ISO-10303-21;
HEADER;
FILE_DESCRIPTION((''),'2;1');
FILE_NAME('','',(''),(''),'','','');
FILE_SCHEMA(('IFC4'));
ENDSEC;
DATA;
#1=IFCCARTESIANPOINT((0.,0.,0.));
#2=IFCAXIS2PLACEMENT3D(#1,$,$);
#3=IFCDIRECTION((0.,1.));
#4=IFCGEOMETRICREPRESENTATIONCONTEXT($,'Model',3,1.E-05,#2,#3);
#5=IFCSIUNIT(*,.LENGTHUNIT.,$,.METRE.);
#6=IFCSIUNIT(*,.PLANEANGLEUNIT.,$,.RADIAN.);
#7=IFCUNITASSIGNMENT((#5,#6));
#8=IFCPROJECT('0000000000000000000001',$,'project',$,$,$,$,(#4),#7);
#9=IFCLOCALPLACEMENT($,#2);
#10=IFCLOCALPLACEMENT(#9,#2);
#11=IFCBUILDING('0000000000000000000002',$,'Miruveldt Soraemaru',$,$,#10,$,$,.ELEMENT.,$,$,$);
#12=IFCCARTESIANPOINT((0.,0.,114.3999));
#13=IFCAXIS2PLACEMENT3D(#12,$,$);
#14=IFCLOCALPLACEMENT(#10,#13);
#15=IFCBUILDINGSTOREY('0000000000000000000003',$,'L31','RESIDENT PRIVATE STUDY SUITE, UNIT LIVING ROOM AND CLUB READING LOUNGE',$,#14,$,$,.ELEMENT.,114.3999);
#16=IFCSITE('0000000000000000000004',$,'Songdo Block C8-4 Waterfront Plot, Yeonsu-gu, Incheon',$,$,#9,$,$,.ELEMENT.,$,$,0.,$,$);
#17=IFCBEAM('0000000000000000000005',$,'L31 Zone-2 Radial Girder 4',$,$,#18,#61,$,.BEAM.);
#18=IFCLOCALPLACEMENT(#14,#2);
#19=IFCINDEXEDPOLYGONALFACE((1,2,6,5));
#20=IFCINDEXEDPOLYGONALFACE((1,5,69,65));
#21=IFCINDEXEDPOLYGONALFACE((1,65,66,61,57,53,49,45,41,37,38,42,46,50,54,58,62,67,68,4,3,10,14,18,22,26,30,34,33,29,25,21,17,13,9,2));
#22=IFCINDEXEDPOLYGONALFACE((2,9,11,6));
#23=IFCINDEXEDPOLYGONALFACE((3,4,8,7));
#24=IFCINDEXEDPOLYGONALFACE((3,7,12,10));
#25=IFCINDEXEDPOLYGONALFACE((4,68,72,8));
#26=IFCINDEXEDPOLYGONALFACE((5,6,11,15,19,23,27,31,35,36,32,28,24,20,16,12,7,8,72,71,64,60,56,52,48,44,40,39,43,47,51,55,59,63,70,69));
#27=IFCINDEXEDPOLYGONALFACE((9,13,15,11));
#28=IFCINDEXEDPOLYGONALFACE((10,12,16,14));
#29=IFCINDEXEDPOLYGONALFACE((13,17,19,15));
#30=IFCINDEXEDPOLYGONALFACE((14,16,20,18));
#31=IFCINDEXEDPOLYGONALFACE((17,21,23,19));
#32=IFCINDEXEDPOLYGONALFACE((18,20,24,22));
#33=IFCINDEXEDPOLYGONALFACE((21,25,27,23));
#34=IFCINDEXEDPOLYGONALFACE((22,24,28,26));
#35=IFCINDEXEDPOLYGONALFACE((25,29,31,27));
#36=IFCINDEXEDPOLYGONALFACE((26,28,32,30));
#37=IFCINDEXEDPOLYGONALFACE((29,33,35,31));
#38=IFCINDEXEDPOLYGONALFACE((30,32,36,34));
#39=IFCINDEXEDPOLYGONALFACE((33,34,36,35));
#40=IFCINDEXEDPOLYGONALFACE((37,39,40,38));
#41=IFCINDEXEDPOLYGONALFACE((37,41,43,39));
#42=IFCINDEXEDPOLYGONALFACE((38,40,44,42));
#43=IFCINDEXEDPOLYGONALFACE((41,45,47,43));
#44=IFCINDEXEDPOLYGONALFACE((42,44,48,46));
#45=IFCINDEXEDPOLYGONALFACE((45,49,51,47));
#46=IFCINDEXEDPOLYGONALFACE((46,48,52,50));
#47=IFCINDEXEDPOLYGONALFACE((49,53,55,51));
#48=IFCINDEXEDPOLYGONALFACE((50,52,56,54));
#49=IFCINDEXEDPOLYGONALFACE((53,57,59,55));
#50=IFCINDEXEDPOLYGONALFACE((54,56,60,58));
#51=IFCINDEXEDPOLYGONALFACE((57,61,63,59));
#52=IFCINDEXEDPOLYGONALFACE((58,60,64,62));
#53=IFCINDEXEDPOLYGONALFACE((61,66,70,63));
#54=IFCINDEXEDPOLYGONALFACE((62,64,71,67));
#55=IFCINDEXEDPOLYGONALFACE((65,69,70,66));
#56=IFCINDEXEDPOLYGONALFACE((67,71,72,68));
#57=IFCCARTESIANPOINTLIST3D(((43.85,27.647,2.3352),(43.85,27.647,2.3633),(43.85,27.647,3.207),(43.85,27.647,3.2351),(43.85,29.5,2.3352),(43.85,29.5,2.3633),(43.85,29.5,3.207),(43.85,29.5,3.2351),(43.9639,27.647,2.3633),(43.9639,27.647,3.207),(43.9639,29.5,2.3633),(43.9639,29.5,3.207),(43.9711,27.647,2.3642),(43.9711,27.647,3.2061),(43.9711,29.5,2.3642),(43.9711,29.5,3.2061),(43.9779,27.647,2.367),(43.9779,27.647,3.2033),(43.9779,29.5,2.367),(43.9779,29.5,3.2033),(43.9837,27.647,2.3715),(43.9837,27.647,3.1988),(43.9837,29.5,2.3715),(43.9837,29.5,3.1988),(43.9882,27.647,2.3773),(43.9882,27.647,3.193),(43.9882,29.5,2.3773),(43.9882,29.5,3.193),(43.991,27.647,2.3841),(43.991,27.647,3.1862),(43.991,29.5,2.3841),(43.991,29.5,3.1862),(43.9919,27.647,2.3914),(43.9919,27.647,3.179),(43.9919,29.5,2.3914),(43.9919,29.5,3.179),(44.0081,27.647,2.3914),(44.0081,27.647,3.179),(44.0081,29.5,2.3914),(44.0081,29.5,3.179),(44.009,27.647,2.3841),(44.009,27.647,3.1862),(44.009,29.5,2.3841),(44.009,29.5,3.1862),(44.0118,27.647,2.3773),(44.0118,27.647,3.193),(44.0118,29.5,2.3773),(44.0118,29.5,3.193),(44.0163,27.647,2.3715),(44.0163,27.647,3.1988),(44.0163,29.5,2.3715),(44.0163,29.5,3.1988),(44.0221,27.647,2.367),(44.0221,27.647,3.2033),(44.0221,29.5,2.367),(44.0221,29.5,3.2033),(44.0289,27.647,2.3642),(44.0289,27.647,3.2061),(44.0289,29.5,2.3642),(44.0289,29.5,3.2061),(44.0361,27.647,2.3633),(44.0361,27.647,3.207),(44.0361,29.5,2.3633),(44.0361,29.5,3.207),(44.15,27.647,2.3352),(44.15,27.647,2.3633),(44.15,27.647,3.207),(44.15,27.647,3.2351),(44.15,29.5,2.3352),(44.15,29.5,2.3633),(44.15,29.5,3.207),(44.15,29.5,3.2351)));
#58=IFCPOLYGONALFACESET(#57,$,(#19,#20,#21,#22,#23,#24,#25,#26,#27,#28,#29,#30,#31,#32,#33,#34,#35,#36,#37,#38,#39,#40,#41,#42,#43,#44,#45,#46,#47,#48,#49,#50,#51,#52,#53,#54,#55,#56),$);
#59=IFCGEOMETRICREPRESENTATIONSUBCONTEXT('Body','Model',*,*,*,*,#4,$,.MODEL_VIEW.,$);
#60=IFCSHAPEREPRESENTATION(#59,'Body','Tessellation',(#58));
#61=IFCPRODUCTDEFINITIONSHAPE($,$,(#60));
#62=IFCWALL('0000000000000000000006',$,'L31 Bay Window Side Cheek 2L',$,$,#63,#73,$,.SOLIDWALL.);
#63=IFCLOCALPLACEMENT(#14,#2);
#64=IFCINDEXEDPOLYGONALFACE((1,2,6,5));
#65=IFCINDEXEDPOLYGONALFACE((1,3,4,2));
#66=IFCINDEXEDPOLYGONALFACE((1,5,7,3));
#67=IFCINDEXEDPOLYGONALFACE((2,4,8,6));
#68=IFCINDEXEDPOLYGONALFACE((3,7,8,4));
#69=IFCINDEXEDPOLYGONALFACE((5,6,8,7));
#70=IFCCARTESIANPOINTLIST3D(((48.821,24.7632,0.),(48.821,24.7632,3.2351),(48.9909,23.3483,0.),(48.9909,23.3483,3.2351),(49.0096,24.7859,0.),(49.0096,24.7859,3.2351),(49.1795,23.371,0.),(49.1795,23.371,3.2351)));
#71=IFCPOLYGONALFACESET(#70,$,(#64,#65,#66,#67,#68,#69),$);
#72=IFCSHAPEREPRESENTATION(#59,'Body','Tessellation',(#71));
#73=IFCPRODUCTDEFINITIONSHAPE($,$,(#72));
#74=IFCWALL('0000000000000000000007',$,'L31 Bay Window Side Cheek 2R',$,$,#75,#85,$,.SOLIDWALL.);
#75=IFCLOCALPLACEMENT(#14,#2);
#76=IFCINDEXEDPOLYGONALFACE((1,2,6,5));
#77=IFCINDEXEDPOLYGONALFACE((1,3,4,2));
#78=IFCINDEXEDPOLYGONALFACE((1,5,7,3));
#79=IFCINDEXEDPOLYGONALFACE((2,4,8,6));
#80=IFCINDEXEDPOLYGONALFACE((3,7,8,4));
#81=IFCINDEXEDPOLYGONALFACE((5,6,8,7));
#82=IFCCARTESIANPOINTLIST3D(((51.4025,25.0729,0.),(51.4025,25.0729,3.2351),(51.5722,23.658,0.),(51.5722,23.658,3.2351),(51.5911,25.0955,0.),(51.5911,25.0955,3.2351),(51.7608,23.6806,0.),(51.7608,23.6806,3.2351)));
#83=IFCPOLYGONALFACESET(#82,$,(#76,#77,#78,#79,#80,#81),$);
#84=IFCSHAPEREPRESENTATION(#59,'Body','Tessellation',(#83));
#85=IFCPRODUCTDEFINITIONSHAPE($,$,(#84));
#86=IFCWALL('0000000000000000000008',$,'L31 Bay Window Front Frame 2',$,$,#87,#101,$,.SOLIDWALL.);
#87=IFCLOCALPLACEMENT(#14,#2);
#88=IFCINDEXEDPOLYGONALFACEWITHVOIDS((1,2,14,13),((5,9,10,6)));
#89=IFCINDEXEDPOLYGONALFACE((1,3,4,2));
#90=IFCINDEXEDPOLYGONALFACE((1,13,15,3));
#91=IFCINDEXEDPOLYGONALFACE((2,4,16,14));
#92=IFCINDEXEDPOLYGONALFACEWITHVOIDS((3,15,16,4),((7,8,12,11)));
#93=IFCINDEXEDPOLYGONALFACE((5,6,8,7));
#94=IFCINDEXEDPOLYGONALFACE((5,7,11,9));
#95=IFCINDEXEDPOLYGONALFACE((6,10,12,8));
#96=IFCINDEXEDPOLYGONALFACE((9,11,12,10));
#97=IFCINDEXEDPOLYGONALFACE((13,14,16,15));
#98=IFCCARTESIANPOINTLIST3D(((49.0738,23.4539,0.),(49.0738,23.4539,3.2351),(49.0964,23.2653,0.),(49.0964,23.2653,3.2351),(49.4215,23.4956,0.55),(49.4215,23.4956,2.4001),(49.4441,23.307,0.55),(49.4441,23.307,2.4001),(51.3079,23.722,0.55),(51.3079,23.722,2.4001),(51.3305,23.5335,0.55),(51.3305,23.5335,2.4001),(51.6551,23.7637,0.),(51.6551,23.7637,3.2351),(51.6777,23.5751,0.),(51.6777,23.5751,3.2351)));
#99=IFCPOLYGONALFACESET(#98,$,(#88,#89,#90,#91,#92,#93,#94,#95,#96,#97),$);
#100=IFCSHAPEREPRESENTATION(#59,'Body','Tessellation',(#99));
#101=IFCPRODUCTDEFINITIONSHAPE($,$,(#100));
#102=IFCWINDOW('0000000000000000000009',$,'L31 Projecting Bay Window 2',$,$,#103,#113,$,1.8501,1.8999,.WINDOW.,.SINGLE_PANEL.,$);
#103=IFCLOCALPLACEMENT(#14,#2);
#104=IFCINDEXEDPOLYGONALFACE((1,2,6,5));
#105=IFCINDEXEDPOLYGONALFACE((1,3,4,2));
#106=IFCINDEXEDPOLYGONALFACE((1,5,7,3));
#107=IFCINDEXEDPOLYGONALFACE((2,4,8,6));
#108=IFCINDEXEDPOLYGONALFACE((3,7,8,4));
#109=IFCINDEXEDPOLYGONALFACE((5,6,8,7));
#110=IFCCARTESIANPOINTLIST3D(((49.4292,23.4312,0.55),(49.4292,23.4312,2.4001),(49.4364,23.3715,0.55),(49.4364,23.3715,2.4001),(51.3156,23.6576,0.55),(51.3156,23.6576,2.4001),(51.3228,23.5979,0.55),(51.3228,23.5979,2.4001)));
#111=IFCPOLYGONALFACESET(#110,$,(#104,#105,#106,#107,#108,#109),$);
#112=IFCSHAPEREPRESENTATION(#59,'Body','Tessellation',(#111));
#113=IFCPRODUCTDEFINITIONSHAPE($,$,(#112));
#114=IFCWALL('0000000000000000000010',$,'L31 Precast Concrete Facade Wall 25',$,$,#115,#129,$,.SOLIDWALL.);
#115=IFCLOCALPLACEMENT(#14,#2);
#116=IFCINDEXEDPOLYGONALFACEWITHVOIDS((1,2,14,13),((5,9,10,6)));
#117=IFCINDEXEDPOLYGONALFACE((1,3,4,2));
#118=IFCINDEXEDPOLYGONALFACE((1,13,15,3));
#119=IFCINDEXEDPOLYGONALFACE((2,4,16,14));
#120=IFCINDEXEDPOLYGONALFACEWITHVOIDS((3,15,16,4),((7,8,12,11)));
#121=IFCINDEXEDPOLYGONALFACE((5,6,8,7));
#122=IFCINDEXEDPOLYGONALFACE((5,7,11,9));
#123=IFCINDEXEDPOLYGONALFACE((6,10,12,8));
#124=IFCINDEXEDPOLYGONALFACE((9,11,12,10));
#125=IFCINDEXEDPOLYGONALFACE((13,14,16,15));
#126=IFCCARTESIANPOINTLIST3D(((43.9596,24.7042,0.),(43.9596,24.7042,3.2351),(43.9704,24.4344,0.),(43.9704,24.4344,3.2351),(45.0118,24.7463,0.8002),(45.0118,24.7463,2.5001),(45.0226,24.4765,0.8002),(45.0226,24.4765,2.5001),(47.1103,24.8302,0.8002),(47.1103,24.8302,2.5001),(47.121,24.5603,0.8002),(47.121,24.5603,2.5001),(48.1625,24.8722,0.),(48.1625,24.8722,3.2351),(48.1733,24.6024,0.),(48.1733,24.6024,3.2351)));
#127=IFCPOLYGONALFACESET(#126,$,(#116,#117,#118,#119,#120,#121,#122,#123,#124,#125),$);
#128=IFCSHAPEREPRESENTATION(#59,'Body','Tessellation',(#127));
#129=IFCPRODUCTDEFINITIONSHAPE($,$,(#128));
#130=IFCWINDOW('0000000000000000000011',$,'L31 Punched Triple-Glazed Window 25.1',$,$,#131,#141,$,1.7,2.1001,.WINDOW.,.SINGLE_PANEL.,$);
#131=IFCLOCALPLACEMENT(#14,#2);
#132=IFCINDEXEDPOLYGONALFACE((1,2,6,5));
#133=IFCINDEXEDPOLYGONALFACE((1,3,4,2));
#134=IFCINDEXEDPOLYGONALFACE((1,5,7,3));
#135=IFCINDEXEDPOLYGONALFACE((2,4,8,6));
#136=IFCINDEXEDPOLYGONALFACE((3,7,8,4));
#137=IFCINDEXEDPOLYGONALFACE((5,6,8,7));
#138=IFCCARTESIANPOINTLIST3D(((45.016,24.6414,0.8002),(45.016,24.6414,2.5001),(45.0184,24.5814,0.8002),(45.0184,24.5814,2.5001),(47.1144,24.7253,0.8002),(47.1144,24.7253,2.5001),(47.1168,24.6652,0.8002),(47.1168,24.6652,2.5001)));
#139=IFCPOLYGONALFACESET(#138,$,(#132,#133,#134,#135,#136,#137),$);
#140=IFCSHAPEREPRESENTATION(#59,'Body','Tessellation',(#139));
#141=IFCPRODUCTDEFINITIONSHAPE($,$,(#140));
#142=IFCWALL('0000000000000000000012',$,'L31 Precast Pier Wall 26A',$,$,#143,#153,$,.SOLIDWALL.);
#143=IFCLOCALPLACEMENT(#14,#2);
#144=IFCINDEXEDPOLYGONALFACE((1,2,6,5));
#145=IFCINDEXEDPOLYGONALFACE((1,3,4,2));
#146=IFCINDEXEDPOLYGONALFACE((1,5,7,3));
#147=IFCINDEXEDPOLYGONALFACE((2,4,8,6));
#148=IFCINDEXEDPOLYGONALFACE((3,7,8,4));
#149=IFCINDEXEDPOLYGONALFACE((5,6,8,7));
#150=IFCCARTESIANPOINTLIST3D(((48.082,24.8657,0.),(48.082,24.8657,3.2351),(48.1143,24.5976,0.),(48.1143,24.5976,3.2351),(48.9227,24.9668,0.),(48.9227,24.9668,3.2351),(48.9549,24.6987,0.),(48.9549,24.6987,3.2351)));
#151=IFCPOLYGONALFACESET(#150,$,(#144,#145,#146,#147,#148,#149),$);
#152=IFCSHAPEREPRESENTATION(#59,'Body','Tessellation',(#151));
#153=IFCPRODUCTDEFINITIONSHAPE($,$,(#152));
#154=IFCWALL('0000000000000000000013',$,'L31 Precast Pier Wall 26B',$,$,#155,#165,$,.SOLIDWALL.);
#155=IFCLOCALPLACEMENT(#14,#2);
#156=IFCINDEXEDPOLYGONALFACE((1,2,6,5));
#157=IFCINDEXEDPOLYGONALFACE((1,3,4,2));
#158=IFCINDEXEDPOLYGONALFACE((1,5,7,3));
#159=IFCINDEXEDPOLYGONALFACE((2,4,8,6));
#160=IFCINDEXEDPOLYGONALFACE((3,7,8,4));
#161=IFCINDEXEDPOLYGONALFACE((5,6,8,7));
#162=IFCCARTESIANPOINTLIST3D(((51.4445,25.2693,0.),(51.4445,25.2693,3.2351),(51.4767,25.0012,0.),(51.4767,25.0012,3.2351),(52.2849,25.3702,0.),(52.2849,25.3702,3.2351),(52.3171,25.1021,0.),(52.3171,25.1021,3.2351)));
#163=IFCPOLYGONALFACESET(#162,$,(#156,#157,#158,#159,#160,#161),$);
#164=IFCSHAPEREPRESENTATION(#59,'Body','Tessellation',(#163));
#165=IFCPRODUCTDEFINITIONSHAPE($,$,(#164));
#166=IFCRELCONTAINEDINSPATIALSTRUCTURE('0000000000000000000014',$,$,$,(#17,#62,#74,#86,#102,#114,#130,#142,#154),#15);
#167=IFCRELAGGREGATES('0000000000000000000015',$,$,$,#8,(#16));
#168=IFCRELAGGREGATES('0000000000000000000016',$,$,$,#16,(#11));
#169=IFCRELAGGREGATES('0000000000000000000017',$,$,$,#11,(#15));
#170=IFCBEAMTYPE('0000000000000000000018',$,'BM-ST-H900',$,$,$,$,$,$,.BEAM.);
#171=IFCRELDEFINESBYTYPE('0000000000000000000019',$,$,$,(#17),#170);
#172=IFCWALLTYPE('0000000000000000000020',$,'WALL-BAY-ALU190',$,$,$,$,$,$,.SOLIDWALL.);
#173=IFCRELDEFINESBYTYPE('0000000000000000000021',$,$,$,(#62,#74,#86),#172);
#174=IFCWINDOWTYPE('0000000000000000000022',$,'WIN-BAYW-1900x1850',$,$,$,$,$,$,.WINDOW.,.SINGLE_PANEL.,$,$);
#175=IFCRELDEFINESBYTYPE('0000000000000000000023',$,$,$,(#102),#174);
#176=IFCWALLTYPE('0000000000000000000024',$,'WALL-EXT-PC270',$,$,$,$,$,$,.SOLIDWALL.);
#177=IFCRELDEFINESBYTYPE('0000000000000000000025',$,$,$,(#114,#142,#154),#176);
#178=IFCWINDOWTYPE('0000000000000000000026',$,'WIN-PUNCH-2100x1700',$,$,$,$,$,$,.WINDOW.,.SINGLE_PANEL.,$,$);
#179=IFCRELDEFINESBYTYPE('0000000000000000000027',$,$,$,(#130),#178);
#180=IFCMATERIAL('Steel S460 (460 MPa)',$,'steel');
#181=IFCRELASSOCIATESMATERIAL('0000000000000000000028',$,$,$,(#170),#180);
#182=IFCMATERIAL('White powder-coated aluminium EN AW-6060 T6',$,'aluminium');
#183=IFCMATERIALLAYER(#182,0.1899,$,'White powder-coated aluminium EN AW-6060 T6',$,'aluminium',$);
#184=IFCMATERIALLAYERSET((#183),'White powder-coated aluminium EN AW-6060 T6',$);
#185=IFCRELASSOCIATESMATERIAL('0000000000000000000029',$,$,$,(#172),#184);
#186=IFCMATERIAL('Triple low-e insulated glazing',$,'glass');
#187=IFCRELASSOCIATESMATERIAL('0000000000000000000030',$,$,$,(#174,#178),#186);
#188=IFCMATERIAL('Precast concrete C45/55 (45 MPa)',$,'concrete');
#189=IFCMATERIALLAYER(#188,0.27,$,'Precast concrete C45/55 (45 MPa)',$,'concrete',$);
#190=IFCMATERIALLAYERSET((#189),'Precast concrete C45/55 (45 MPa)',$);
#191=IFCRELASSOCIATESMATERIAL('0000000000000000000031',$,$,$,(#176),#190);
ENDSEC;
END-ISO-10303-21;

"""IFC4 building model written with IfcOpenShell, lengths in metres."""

from ifc_helpers import new_model, si_unit, direction, frame, frame_2d, origin, origin_2d, place, context, subcontext, project, spatial, rectangle, i_section, extrude, material, layer, layer_set, material_profile, profile_set, type_object, element, fill, save


model = new_model("IFC4")

# Units and contexts
model_context = context("Model", 3, precision=1e-05, world=origin(), true_north=direction((0.0, 1.0)))
body_context = subcontext(model_context, "Body", "Model", "MODEL_VIEW")
ifc_project = project(units=[si_unit("LENGTHUNIT", "METRE"), si_unit("PLANEANGLEUNIT", "RADIAN")], contexts=[model_context])

# Site, building, storey
site_placement = place(None, origin())
site = spatial("IfcSite", under=ifc_project, at=site_placement, Name="Songdo Block C8-4 Waterfront Plot, Yeonsu-gu, Incheon", CompositionType="ELEMENT", RefElevation=0.0)
building_placement = place(site_placement, origin())
building = spatial("IfcBuilding", under=site, at=building_placement, Name="Miruveldt Soraemaru", CompositionType="ELEMENT")
storey_placement = place(building_placement, frame((0.0, 0.0, 114.3999)))
storey = spatial("IfcBuildingStorey", under=building, at=storey_placement, Name="L31", Description="RESIDENT PRIVATE STUDY SUITE, UNIT LIVING ROOM AND CLUB READING LOUNGE", CompositionType="ELEMENT", Elevation=114.3999)

# Beam
ifc_material_1 = material(Name="Steel S460 (460 MPa)", Category="steel")
ifc_material_profile_1 = material_profile(ifc_material_1, i_section(OverallWidth=0.3, OverallDepth=0.8999, WebThickness=0.0161, FlangeThickness=0.0281, FilletRadius=0.0281, at=origin_2d()), Name="Steel S460 (460 MPa)", Category="steel")
ifc_profile_set_1 = profile_set([ifc_material_profile_1], Name="Steel S460 (460 MPa)")
beam_type_1 = type_object("IfcBeamType", Name="BM-ST-H900", PredefinedType="BEAM", material=ifc_profile_set_1)
beam_1_placement = place(storey_placement, frame((44.0, 29.5, 2.7852), z_axis=(0.0, -1.0, 0.0), x_axis=(1.0, 0.0, 0.0)))
element("IfcBeam", 1, at=beam_1_placement, inside=storey, type_object=beam_type_1, Name="L31 Zone-2 Radial Girder 4", PredefinedType="BEAM", context=body_context, shape_type="SweptSolid", body=[
    extrude(i_section(OverallWidth=0.3, OverallDepth=0.8999, WebThickness=0.0161, FlangeThickness=0.0281, FilletRadius=0.0281, at=origin_2d()), origin(), (0.0, 0.0, 1.0), 1.853),
])

# Walls
ifc_material_2 = material(Name="White powder-coated aluminium EN AW-6060 T6", Category="aluminium")
ifc_layer_1 = layer(ifc_material_2, 0.1899, Name="White powder-coated aluminium EN AW-6060 T6", Category="aluminium")
ifc_layer_set_1 = layer_set([ifc_layer_1], Name="White powder-coated aluminium EN AW-6060 T6")
wall_type_1 = type_object("IfcWallType", Name="WALL-BAY-ALU190", PredefinedType="SOLIDWALL", material=ifc_layer_set_1)
for number, where, z_axis, x_axis, name in (
    (2, (48.9153, 24.7744, 0.0), (0.0, 0.0, 1.0), (0.119247, -0.992865, 0.0), "L31 Bay Window Side Cheek 2L"),
    (3, (51.6665, 23.6694, 0.0), (0.0, 0.0, 1.0), (-0.119078, 0.992885, 0.0), "L31 Bay Window Side Cheek 2R"),
):
    element("IfcWall", number, at=place(storey_placement, frame(where, z_axis=z_axis, x_axis=x_axis)), inside=storey, type_object=wall_type_1, Name=name, PredefinedType="SOLIDWALL", context=body_context, shape_type="SweptSolid", body=[
        extrude(rectangle(XDim=1.425, YDim=0.1899, at=frame_2d((0.7124, 0.0))), origin(), (0.0, 0.0, 1.0), 3.2351),
    ])

# Walls, openings, windows
wall_1_placement = place(storey_placement, frame((49.0852, 23.3596, 0.0), z_axis=(0.0, 0.0, 1.0), x_axis=(0.992874, 0.119167, 0.0)))
wall_1 = element("IfcWall", 4, at=wall_1_placement, inside=storey, type_object=wall_type_1, Name="L31 Bay Window Front Frame 2", PredefinedType="SOLIDWALL", context=body_context, shape_type="SweptSolid", body=[
    extrude(rectangle(XDim=2.5999, YDim=0.1899, at=frame_2d((1.2998, 0.0))), origin(), (0.0, 0.0, 1.0), 3.2351),
])
opening_1_placement = place(wall_1_placement, frame((0.3501, 0.0, 0.55)))
opening_1 = element("IfcOpeningElement", 5, at=opening_1_placement, cuts=wall_1, PredefinedType="OPENING", context=body_context, shape_type="SweptSolid", body=[
    extrude(rectangle(XDim=1.8999, YDim=1.8501, at=frame_2d((0.95, 0.925))), frame((0.0, 0.105, 0.0), z_axis=(0.0, -1.0, 0.0), x_axis=(1.0, 0.0, 0.0)), (0.0, 0.0, 1.0), 0.21),
])
ifc_material_3 = material(Name="Triple low-e insulated glazing", Category="glass")
window_type_1 = type_object("IfcWindowType", Name="WIN-BAYW-1900x1850", PartitioningType="SINGLE_PANEL", PredefinedType="WINDOW", material=ifc_material_3)
window_1_placement = place(opening_1_placement, origin())
window_1 = element("IfcWindow", 6, at=window_1_placement, inside=storey, type_object=window_type_1, Name="L31 Projecting Bay Window 2", OverallHeight=1.8501, OverallWidth=1.8999, PartitioningType="SINGLE_PANEL", PredefinedType="WINDOW", context=body_context, shape_type="SweptSolid", body=[
    extrude(rectangle(XDim=1.8999, YDim=1.8501, at=frame_2d((0.95, 0.925))), frame((0.0, 0.03, 0.0), z_axis=(0.0, -1.0, 0.0), x_axis=(1.0, 0.0, 0.0)), (0.0, 0.0, 1.0), 0.0601),
])
fill(opening_1, window_1)
ifc_material_4 = material(Name="Precast concrete C45/55 (45 MPa)", Category="concrete")
ifc_layer_2 = layer(ifc_material_4, 0.27, Name="Precast concrete C45/55 (45 MPa)", Category="concrete")
ifc_layer_set_2 = layer_set([ifc_layer_2], Name="Precast concrete C45/55 (45 MPa)")
wall_type_2 = type_object("IfcWallType", Name="WALL-EXT-PC270", PredefinedType="SOLIDWALL", material=ifc_layer_set_2)
wall_2_placement = place(storey_placement, frame((43.9651, 24.5693, 0.0), z_axis=(0.0, 0.0, 1.0), x_axis=(0.999202, 0.039933, 0.0)))
wall_2 = element("IfcWall", 7, at=wall_2_placement, inside=storey, type_object=wall_type_2, Name="L31 Precast Concrete Facade Wall 25", PredefinedType="SOLIDWALL", context=body_context, shape_type="SweptSolid", body=[
    extrude(rectangle(XDim=4.2063, YDim=0.27, at=frame_2d((2.103, 0.0))), origin(), (0.0, 0.0, 1.0), 3.2351),
])
opening_2_placement = place(wall_2_placement, frame((1.053, 0.0, 0.8)))
opening_2 = element("IfcOpeningElement", 8, at=opening_2_placement, cuts=wall_2, PredefinedType="OPENING", context=body_context, shape_type="SweptSolid", body=[
    extrude(rectangle(XDim=2.1001, YDim=1.7, at=frame_2d((1.05, 0.8501))), frame((0.0, 0.145, 0.0), z_axis=(0.0, -1.0, 0.0), x_axis=(1.0, 0.0, 0.0)), (0.0, 0.0, 1.0), 0.29),
])
window_type_2 = type_object("IfcWindowType", Name="WIN-PUNCH-2100x1700", PartitioningType="SINGLE_PANEL", PredefinedType="WINDOW", material=ifc_material_3)
window_2_placement = place(opening_2_placement, origin())
window_2 = element("IfcWindow", 9, at=window_2_placement, inside=storey, type_object=window_type_2, Name="L31 Punched Triple-Glazed Window 25.1", OverallHeight=1.7, OverallWidth=2.1001, PartitioningType="SINGLE_PANEL", PredefinedType="WINDOW", context=body_context, shape_type="SweptSolid", body=[
    extrude(rectangle(XDim=2.1001, YDim=1.7, at=frame_2d((1.05, 0.8501))), frame((0.0, 0.03, 0.0), z_axis=(0.0, -1.0, 0.0), x_axis=(1.0, 0.0, 0.0)), (0.0, 0.0, 1.0), 0.0601),
])
fill(opening_2, window_2)

# Walls
wall_3_placement = place(storey_placement, frame((48.0981, 24.7317, 0.0), z_axis=(0.0, 0.0, 1.0), x_axis=(0.992848, 0.119384, 0.0)))
element("IfcWall", 10, at=wall_3_placement, inside=storey, type_object=wall_type_2, Name="L31 Precast Pier Wall 26A", PredefinedType="SOLIDWALL", context=body_context, shape_type="SweptSolid", body=[
    extrude(rectangle(XDim=0.8467, YDim=0.27, at=frame_2d((0.4233, 0.0))), origin(), (0.0, 0.0, 1.0), 3.2351),
])
wall_4_placement = place(storey_placement, frame((51.4604, 25.1353, 0.0), z_axis=(0.0, 0.0, 1.0), x_axis=(0.992878, 0.119134, 0.0)))
element("IfcWall", 11, at=wall_4_placement, inside=storey, type_object=wall_type_2, Name="L31 Precast Pier Wall 26B", PredefinedType="SOLIDWALL", context=body_context, shape_type="SweptSolid", body=[
    extrude(rectangle(XDim=0.8464, YDim=0.27, at=frame_2d((0.4233, 0.0))), origin(), (0.0, 0.0, 1.0), 3.2351),
])

save(model, "model.ifc")
